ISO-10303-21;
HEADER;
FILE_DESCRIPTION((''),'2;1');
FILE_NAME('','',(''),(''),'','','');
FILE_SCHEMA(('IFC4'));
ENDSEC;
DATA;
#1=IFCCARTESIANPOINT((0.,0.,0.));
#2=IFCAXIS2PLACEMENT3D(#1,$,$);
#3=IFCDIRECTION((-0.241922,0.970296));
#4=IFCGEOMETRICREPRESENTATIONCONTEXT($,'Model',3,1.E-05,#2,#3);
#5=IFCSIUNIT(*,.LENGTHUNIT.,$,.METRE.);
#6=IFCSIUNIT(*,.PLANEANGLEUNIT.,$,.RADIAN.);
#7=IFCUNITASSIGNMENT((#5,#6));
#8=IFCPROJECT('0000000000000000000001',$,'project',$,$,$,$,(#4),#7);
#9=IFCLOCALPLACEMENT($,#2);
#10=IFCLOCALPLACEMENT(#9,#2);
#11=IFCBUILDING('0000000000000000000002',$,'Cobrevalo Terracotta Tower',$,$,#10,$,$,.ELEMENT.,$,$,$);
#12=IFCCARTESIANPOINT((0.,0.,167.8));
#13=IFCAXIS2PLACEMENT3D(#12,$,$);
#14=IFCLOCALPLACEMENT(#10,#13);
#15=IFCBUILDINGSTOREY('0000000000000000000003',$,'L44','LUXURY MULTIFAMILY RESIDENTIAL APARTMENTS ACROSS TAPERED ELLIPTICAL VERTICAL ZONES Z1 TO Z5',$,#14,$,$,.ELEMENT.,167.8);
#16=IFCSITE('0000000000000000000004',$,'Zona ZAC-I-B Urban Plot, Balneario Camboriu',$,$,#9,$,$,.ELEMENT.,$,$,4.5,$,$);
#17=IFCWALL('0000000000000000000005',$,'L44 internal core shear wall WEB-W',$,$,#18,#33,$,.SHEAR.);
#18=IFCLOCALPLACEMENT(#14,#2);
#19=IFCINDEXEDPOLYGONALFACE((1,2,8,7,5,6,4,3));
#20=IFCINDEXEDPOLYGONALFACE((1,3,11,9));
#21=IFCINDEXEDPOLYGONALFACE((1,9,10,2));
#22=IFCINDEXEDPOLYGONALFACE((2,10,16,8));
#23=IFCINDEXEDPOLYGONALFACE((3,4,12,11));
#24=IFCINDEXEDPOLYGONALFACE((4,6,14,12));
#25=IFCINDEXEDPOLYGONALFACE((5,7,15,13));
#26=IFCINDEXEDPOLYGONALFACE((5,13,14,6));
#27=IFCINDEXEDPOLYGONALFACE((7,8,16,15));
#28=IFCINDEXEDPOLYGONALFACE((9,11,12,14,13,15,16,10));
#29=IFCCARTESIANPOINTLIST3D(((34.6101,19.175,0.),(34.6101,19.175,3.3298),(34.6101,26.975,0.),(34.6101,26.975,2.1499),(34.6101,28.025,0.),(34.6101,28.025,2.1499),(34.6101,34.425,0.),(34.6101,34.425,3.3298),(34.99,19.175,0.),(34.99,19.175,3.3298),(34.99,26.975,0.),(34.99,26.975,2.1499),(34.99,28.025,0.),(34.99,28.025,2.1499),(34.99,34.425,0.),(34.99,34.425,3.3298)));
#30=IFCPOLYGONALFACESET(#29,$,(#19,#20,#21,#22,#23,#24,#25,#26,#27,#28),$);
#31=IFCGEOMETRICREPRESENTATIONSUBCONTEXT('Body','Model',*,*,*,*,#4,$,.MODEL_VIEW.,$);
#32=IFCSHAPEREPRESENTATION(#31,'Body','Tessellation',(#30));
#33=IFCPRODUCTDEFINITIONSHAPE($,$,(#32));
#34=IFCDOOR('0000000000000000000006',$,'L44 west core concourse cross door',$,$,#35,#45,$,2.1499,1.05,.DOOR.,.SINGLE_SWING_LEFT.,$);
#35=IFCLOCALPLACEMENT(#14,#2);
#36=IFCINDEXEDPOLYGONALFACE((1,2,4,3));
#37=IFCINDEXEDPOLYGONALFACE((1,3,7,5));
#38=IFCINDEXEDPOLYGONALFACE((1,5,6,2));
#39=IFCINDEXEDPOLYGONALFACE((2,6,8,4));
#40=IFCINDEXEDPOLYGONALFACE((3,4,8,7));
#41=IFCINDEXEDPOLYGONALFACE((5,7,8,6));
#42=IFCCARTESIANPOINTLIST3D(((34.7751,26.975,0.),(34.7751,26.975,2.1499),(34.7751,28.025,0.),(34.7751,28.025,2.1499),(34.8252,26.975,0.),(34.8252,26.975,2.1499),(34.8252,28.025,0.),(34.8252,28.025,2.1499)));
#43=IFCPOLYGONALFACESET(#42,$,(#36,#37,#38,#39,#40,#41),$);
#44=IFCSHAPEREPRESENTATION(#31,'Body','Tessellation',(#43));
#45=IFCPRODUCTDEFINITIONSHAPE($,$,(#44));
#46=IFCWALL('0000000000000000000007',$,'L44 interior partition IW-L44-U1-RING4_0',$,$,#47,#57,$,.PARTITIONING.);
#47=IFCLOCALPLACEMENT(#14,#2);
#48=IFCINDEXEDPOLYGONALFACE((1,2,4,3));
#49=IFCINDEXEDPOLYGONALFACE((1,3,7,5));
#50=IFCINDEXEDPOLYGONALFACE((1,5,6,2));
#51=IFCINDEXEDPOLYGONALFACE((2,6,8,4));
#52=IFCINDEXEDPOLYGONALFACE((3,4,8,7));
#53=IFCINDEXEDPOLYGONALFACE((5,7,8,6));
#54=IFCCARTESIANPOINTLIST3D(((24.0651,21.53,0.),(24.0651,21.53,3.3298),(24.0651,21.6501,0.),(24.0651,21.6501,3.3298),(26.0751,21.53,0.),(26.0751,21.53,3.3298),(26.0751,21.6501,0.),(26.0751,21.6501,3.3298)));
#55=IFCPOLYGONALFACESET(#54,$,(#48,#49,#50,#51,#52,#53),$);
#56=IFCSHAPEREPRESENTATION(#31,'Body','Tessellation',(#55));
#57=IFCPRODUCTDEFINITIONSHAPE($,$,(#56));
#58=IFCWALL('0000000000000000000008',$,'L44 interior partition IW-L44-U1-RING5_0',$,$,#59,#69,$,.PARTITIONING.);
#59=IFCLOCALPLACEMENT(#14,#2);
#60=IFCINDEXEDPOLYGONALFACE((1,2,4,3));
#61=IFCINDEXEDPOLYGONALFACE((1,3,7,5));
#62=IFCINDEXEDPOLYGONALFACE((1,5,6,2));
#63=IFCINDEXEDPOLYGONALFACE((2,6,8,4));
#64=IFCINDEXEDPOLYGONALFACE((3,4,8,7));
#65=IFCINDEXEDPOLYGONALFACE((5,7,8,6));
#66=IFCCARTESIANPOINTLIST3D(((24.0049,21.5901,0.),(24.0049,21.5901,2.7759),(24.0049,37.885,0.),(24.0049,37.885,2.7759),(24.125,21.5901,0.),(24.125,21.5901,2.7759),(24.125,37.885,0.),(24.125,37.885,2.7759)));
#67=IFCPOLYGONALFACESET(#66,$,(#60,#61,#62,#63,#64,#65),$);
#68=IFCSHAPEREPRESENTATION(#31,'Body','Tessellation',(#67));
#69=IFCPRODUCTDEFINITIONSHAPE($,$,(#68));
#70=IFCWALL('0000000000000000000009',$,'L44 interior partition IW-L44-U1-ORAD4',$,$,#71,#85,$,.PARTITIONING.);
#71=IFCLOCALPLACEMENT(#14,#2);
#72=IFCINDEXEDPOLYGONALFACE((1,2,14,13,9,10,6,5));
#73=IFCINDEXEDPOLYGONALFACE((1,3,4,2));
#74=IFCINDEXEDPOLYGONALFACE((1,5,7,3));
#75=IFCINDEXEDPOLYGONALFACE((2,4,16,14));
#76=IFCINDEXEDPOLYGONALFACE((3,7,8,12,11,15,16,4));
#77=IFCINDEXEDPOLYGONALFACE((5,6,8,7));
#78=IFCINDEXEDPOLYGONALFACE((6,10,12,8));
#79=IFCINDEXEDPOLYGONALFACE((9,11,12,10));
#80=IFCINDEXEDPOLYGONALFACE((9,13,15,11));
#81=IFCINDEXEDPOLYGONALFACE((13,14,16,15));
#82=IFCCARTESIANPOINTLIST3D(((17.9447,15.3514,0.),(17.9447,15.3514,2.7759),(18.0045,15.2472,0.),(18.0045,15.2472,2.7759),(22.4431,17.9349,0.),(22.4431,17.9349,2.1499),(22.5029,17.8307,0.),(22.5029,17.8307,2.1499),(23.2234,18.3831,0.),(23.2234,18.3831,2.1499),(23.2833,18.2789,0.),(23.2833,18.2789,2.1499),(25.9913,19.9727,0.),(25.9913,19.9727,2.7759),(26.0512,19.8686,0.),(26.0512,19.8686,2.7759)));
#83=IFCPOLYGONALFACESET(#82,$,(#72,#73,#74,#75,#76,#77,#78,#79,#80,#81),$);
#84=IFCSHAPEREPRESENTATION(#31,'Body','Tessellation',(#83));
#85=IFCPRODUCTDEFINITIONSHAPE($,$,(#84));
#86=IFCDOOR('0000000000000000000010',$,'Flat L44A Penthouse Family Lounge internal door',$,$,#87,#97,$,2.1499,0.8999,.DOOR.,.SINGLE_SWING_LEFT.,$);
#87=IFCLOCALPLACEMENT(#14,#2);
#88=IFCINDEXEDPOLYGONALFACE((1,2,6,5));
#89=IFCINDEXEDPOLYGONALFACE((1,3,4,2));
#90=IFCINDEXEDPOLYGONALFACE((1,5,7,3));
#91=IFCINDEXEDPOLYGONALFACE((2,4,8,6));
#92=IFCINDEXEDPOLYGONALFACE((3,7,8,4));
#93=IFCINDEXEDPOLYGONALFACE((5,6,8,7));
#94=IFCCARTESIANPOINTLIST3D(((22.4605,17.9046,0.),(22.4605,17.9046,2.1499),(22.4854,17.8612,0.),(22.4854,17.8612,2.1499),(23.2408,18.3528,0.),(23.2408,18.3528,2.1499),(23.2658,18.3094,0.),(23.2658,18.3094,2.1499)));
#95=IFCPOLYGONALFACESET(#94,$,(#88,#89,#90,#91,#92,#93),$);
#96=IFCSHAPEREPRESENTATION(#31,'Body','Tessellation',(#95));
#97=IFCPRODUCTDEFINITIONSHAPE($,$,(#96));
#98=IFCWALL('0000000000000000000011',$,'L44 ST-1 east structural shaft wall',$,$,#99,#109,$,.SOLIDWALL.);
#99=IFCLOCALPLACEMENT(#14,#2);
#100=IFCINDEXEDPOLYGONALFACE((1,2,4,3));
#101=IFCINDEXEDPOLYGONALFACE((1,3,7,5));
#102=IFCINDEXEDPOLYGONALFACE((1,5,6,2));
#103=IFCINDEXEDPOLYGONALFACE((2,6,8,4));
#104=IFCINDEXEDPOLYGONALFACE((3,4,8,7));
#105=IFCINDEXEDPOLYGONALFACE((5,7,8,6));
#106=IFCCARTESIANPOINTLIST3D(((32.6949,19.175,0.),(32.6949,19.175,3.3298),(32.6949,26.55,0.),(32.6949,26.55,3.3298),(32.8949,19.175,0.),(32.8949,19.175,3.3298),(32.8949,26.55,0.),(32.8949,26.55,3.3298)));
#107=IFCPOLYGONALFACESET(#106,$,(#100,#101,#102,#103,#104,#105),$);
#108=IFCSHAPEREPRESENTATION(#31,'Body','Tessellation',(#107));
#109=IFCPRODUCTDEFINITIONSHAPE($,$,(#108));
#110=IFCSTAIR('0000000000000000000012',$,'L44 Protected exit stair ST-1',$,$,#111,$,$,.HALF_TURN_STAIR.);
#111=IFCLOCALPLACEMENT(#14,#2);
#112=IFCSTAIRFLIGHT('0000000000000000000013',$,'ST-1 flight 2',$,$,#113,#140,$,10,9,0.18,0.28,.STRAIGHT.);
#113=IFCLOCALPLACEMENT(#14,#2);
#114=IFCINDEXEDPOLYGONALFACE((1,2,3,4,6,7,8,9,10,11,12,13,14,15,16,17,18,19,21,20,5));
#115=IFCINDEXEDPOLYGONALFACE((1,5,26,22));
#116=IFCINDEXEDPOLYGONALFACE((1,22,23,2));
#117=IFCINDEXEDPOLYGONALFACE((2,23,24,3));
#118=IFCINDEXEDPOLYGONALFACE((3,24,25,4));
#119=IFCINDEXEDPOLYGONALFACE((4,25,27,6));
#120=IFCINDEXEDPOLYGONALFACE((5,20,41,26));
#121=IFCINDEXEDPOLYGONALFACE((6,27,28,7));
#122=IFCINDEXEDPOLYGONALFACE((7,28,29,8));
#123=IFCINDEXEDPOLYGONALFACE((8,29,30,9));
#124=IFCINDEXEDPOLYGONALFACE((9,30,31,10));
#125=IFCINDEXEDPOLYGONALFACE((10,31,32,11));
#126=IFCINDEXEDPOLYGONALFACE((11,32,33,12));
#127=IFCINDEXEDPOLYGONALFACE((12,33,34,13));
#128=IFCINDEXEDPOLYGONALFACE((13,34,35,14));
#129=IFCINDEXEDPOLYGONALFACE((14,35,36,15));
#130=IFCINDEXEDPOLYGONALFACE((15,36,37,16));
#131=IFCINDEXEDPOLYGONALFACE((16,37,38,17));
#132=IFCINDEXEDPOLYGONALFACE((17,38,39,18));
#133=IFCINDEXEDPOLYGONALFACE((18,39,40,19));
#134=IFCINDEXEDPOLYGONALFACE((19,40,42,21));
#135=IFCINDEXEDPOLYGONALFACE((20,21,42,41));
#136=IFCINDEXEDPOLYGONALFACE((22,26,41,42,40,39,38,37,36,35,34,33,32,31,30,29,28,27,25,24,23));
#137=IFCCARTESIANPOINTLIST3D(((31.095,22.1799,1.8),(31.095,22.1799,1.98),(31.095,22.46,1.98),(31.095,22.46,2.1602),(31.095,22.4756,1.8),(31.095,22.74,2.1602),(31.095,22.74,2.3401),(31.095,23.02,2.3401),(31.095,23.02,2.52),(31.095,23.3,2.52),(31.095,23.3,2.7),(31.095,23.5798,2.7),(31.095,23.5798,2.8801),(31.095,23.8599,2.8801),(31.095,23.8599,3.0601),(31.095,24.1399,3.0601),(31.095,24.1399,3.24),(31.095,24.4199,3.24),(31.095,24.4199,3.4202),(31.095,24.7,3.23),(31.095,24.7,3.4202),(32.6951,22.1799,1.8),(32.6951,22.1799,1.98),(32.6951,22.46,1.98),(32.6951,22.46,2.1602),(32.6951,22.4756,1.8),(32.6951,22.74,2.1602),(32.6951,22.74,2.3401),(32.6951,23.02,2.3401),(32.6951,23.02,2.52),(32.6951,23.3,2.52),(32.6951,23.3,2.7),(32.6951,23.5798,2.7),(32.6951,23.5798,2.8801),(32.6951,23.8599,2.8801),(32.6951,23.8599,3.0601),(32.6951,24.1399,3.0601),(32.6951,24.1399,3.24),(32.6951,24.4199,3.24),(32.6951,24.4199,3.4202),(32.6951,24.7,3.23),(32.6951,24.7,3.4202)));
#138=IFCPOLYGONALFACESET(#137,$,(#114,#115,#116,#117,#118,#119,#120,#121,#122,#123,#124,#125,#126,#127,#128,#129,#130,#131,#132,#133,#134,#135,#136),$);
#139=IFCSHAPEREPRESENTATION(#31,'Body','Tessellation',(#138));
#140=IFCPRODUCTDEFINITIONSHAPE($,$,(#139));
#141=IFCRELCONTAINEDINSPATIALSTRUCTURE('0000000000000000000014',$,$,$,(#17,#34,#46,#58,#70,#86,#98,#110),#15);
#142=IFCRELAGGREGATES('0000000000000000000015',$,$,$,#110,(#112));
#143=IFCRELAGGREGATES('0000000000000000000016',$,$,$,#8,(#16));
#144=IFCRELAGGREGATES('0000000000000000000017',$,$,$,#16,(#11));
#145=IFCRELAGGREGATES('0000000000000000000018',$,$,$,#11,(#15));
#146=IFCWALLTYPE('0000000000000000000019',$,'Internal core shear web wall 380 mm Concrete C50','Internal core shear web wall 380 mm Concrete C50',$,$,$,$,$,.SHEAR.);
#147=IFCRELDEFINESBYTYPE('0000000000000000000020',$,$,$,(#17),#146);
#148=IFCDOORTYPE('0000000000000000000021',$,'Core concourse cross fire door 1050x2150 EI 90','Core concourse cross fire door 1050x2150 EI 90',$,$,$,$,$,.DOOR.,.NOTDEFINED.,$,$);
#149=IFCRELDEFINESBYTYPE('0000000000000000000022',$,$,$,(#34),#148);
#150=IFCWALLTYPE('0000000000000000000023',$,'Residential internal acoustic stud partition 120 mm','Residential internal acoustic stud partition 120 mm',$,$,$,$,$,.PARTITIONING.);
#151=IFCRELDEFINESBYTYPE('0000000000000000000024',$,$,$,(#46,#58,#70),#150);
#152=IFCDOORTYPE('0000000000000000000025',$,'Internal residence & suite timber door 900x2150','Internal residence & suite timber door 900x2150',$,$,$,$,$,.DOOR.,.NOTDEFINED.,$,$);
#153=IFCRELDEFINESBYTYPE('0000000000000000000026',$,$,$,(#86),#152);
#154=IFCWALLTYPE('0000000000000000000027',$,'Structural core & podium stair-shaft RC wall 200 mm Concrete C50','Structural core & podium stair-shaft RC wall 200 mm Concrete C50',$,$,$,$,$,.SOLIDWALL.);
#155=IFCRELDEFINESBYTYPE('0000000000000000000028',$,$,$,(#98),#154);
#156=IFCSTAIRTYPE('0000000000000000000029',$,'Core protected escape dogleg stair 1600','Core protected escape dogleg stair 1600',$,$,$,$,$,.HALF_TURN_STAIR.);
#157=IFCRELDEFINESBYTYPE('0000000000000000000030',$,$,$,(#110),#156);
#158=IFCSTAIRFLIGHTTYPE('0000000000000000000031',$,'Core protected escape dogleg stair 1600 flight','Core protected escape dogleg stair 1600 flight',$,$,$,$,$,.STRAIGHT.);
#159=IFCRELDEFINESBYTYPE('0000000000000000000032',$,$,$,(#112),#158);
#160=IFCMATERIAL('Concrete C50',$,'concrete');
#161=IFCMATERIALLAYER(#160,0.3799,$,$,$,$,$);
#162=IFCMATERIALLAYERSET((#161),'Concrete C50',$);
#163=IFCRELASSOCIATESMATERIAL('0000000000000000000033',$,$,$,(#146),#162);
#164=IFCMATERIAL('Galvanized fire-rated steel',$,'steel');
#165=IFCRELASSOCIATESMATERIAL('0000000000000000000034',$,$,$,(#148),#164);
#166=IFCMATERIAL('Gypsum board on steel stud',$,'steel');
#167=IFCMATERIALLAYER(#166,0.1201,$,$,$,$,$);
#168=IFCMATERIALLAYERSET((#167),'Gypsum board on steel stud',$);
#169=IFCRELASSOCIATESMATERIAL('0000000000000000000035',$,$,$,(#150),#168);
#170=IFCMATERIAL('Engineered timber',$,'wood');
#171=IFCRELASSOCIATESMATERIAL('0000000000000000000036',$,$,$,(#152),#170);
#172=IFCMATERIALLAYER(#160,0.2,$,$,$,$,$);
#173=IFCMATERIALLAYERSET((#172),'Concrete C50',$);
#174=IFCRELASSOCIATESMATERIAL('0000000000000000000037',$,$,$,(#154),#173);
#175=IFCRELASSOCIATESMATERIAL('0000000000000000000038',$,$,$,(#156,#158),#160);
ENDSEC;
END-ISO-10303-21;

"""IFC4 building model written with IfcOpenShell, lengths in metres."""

from ifc_helpers import new_model, si_unit, direction, frame, frame_2d, origin, place, context, subcontext, project, spatial, polyline, rectangle, outline, extrude, source, transform, mapped, material, layer, layer_set, type_object, element, fill, aggregate, save


model = new_model("IFC4")

# Units and contexts
model_context = context("Model", 3, precision=1e-05, world=origin(), true_north=direction((-0.241922, 0.970296)))
body_context = subcontext(model_context, "Body", "Model", "MODEL_VIEW")
ifc_project = project(units=[si_unit("LENGTHUNIT", "METRE"), si_unit("PLANEANGLEUNIT", "RADIAN")], contexts=[model_context])

# Site, building, storey
site_placement = place(None, origin())
site = spatial("IfcSite", under=ifc_project, at=site_placement, Name="Zona ZAC-I-B Urban Plot, Balneario Camboriu", CompositionType="ELEMENT", RefElevation=4.5)
building_placement = place(site_placement, origin())
building = spatial("IfcBuilding", under=site, at=building_placement, Name="Cobrevalo Terracotta Tower", CompositionType="ELEMENT")
storey_placement = place(building_placement, frame((0.0, 0.0, 167.8)))
storey = spatial("IfcBuildingStorey", under=building, at=storey_placement, Name="L44", Description="LUXURY MULTIFAMILY RESIDENTIAL APARTMENTS ACROSS TAPERED ELLIPTICAL VERTICAL ZONES Z1 TO Z5", CompositionType="ELEMENT", Elevation=167.8)

# Wall, opening, door
ifc_material_1 = material(Name="Galvanized fire-rated steel", Category="steel")
ifc_material_2 = material(Name="Concrete C50", Category="concrete")
ifc_layer_1 = layer(ifc_material_2, 0.3799)
ifc_layer_set_1 = layer_set([ifc_layer_1], Name="Concrete C50")
wall_type_1 = type_object("IfcWallType", Name="Internal core shear web wall 380 mm Concrete C50", Description="Internal core shear web wall 380 mm Concrete C50", PredefinedType="SHEAR", material=ifc_layer_set_1)
wall_1_placement = place(storey_placement, frame((34.8, 19.175, 0.0), z_axis=(0.0, 0.0, 1.0), x_axis=(0.0, 1.0, 0.0)))
wall_1 = element("IfcWall", 1, at=wall_1_placement, inside=storey, type_object=wall_type_1, Name="L44 internal core shear wall WEB-W", PredefinedType="SHEAR", context=body_context, shape_type="SweptSolid", body=[
    extrude(rectangle(XDim=15.25, YDim=0.3799, at=frame_2d((7.625, 0.0))), origin(), (0.0, 0.0, 1.0), 3.3298),
])
opening_1_placement = place(wall_1_placement, frame((7.8, 0.0, 0.0)))
opening_1 = element("IfcOpeningElement", 2, at=opening_1_placement, cuts=wall_1, PredefinedType="OPENING", context=body_context, shape_type="SweptSolid", body=[
    extrude(rectangle(XDim=1.05, YDim=2.1499, at=frame_2d((0.5249, 1.075))), frame((0.0, 0.2, 0.0), z_axis=(0.0, -1.0, 0.0), x_axis=(1.0, 0.0, 0.0)), (0.0, 0.0, 1.0), 0.3999),
])
door_type_1 = type_object("IfcDoorType", Name="Core concourse cross fire door 1050x2150 EI 90", Description="Core concourse cross fire door 1050x2150 EI 90", OperationType="NOTDEFINED", PredefinedType="DOOR", material=ifc_material_1)
shared_shape_1 = source(origin(), body_context, "Body", "SweptSolid", [
    extrude(rectangle(XDim=1.05, YDim=2.1499, at=frame_2d((0.5249, 1.075))), frame((0.0, 0.0249, 0.0), z_axis=(0.0, -1.0, 0.0), x_axis=(1.0, 0.0, 0.0)), (0.0, 0.0, 1.0), 0.05),
])
door_1_placement = place(opening_1_placement, origin())
door_1 = element("IfcDoor", 3, at=door_1_placement, inside=storey, type_object=door_type_1, Name="L44 west core concourse cross door", OperationType="SINGLE_SWING_LEFT", OverallHeight=2.1499, OverallWidth=1.05, PredefinedType="DOOR", context=body_context, shape_type="MappedRepresentation", body=[
    mapped(shared_shape_1, transform((0.0, 0.0, 0.0), scale=1.0)),
])
fill(opening_1, door_1)

# Walls
ifc_material_3 = material(Name="Gypsum board on steel stud", Category="steel")
ifc_layer_2 = layer(ifc_material_3, 0.1201)
ifc_layer_set_2 = layer_set([ifc_layer_2], Name="Gypsum board on steel stud")
wall_type_2 = type_object("IfcWallType", Name="Residential internal acoustic stud partition 120 mm", Description="Residential internal acoustic stud partition 120 mm", PredefinedType="PARTITIONING", material=ifc_layer_set_2)
wall_2_placement = place(storey_placement, frame((26.075, 21.5901, 0.0), z_axis=(0.0, 0.0, 1.0), x_axis=(-1.0, 0.0, 0.0)))
element("IfcWall", 4, at=wall_2_placement, inside=storey, type_object=wall_type_2, Name="L44 interior partition IW-L44-U1-RING4_0", PredefinedType="PARTITIONING", context=body_context, shape_type="SweptSolid", body=[
    extrude(rectangle(XDim=2.01, YDim=0.1201, at=frame_2d((1.0049, 0.0))), origin(), (0.0, 0.0, 1.0), 3.3298),
])
wall_3_placement = place(storey_placement, frame((24.0649, 21.5901, 0.0), z_axis=(0.0, 0.0, 1.0), x_axis=(0.0, 1.0, 0.0)))
element("IfcWall", 5, at=wall_3_placement, inside=storey, type_object=wall_type_2, Name="L44 interior partition IW-L44-U1-RING5_0", PredefinedType="PARTITIONING", context=body_context, shape_type="SweptSolid", body=[
    extrude(rectangle(XDim=16.2949, YDim=0.1201, at=frame_2d((8.1475, 0.0))), origin(), (0.0, 0.0, 1.0), 2.7759),
])

# Wall, opening, door
wall_4_placement = place(storey_placement, frame((26.0212, 19.9207, 0.0), z_axis=(0.0, 0.0, 1.0), x_axis=(-0.867161, -0.498028, 0.0)))
wall_4 = element("IfcWall", 6, at=wall_4_placement, inside=storey, type_object=wall_type_2, Name="L44 interior partition IW-L44-U1-ORAD4", PredefinedType="PARTITIONING", context=body_context, shape_type="SweptSolid", body=[
    extrude(rectangle(XDim=9.2793, YDim=0.1201, at=frame_2d((4.6396, 0.0))), origin(), (0.0, 0.0, 1.0), 2.7759),
])
opening_2_placement = place(wall_4_placement, frame((3.1919, 0.0, 0.0)))
opening_2 = element("IfcOpeningElement", 7, at=opening_2_placement, cuts=wall_4, PredefinedType="OPENING", context=body_context, shape_type="SweptSolid", body=[
    extrude(rectangle(XDim=0.8999, YDim=2.1499, at=frame_2d((0.45, 1.075))), frame((0.0, 0.0701, 0.0), z_axis=(0.0, -1.0, 0.0), x_axis=(1.0, 0.0, 0.0)), (0.0, 0.0, 1.0), 0.1401),
])
ifc_material_4 = material(Name="Engineered timber", Category="wood")
door_type_2 = type_object("IfcDoorType", Name="Internal residence & suite timber door 900x2150", Description="Internal residence & suite timber door 900x2150", OperationType="NOTDEFINED", PredefinedType="DOOR", material=ifc_material_4)
shared_shape_2 = source(origin(), body_context, "Body", "SweptSolid", [
    extrude(rectangle(XDim=0.8999, YDim=2.1499, at=frame_2d((0.45, 1.075))), frame((0.0, 0.0249, 0.0), z_axis=(0.0, -1.0, 0.0), x_axis=(1.0, 0.0, 0.0)), (0.0, 0.0, 1.0), 0.05),
])
door_2_placement = place(opening_2_placement, origin())
door_2 = element("IfcDoor", 8, at=door_2_placement, inside=storey, type_object=door_type_2, Name="Flat L44A Penthouse Family Lounge internal door", OperationType="SINGLE_SWING_LEFT", OverallHeight=2.1499, OverallWidth=0.8999, PredefinedType="DOOR", context=body_context, shape_type="MappedRepresentation", body=[
    mapped(shared_shape_2, transform((0.0, 0.0, 0.0), scale=1.0)),
])
fill(opening_2, door_2)

# Wall
ifc_layer_3 = layer(ifc_material_2, 0.2)
ifc_layer_set_3 = layer_set([ifc_layer_3], Name="Concrete C50")
wall_type_3 = type_object("IfcWallType", Name="Structural core & podium stair-shaft RC wall 200 mm Concrete C50", Description="Structural core & podium stair-shaft RC wall 200 mm Concrete C50", PredefinedType="SOLIDWALL", material=ifc_layer_set_3)
wall_5_placement = place(storey_placement, frame((32.7949, 19.175, 0.0), z_axis=(0.0, 0.0, 1.0), x_axis=(0.0, 1.0, 0.0)))
element("IfcWall", 9, at=wall_5_placement, inside=storey, type_object=wall_type_3, Name="L44 ST-1 east structural shaft wall", PredefinedType="SOLIDWALL", context=body_context, shape_type="SweptSolid", body=[
    extrude(rectangle(XDim=7.375, YDim=0.2, at=frame_2d((3.6875, 0.0))), origin(), (0.0, 0.0, 1.0), 3.3298),
])

# Stair, stair flight
stair_type = type_object("IfcStairType", Name="Core protected escape dogleg stair 1600", Description="Core protected escape dogleg stair 1600", PredefinedType="HALF_TURN_STAIR", material=ifc_material_2)
stair_placement = place(storey_placement, origin())
stair = element("IfcStair", 10, at=stair_placement, inside=storey, type_object=stair_type, Name="L44 Protected exit stair ST-1", PredefinedType="HALF_TURN_STAIR")
stair_flight_type = type_object("IfcStairFlightType", Name="Core protected escape dogleg stair 1600 flight", Description="Core protected escape dogleg stair 1600 flight", PredefinedType="STRAIGHT", material=ifc_material_2)
stair_flight_placement = place(storey_placement, frame((31.895, 22.1799, 1.8), z_axis=(0.0, 0.0, 1.0), x_axis=(0.0, 1.0, 0.0)))
stair_flight = element("IfcStairFlight", 11, at=stair_flight_placement, type_object=stair_flight_type, Name="ST-1 flight 2", NumberOfRisers=10, NumberOfTreads=9, PredefinedType="STRAIGHT", RiserHeight=0.18, TreadLength=0.28, context=body_context, shape_type="SweptSolid", body=[
    extrude(outline(polyline([(0.0, 0.0), (0.0, 0.1799), (0.28, 0.1799), (0.28, 0.3601), (0.5601, 0.3601), (0.5601, 0.54), (0.8401, 0.54), (0.8401, 0.72), (1.1201, 0.72), (1.1201, 0.8999), (1.3999, 0.8999), (1.3999, 1.0801), (1.6799, 1.0801), (1.6799, 1.26), (1.96, 1.26), (1.96, 1.4399), (2.24, 1.4399), (2.24, 1.6201), (2.52, 1.6201), (2.52, 1.8), (2.52, 1.4299), (0.2957, 0.0), (0.0, 0.0)])), frame((0.0, 0.8, 0.0), z_axis=(0.0, -1.0, 0.0), x_axis=(1.0, 0.0, 0.0)), (0.0, 0.0, 1.0), 1.6001),
])
aggregate(stair, [stair_flight])

save(model, "model.ifc")
